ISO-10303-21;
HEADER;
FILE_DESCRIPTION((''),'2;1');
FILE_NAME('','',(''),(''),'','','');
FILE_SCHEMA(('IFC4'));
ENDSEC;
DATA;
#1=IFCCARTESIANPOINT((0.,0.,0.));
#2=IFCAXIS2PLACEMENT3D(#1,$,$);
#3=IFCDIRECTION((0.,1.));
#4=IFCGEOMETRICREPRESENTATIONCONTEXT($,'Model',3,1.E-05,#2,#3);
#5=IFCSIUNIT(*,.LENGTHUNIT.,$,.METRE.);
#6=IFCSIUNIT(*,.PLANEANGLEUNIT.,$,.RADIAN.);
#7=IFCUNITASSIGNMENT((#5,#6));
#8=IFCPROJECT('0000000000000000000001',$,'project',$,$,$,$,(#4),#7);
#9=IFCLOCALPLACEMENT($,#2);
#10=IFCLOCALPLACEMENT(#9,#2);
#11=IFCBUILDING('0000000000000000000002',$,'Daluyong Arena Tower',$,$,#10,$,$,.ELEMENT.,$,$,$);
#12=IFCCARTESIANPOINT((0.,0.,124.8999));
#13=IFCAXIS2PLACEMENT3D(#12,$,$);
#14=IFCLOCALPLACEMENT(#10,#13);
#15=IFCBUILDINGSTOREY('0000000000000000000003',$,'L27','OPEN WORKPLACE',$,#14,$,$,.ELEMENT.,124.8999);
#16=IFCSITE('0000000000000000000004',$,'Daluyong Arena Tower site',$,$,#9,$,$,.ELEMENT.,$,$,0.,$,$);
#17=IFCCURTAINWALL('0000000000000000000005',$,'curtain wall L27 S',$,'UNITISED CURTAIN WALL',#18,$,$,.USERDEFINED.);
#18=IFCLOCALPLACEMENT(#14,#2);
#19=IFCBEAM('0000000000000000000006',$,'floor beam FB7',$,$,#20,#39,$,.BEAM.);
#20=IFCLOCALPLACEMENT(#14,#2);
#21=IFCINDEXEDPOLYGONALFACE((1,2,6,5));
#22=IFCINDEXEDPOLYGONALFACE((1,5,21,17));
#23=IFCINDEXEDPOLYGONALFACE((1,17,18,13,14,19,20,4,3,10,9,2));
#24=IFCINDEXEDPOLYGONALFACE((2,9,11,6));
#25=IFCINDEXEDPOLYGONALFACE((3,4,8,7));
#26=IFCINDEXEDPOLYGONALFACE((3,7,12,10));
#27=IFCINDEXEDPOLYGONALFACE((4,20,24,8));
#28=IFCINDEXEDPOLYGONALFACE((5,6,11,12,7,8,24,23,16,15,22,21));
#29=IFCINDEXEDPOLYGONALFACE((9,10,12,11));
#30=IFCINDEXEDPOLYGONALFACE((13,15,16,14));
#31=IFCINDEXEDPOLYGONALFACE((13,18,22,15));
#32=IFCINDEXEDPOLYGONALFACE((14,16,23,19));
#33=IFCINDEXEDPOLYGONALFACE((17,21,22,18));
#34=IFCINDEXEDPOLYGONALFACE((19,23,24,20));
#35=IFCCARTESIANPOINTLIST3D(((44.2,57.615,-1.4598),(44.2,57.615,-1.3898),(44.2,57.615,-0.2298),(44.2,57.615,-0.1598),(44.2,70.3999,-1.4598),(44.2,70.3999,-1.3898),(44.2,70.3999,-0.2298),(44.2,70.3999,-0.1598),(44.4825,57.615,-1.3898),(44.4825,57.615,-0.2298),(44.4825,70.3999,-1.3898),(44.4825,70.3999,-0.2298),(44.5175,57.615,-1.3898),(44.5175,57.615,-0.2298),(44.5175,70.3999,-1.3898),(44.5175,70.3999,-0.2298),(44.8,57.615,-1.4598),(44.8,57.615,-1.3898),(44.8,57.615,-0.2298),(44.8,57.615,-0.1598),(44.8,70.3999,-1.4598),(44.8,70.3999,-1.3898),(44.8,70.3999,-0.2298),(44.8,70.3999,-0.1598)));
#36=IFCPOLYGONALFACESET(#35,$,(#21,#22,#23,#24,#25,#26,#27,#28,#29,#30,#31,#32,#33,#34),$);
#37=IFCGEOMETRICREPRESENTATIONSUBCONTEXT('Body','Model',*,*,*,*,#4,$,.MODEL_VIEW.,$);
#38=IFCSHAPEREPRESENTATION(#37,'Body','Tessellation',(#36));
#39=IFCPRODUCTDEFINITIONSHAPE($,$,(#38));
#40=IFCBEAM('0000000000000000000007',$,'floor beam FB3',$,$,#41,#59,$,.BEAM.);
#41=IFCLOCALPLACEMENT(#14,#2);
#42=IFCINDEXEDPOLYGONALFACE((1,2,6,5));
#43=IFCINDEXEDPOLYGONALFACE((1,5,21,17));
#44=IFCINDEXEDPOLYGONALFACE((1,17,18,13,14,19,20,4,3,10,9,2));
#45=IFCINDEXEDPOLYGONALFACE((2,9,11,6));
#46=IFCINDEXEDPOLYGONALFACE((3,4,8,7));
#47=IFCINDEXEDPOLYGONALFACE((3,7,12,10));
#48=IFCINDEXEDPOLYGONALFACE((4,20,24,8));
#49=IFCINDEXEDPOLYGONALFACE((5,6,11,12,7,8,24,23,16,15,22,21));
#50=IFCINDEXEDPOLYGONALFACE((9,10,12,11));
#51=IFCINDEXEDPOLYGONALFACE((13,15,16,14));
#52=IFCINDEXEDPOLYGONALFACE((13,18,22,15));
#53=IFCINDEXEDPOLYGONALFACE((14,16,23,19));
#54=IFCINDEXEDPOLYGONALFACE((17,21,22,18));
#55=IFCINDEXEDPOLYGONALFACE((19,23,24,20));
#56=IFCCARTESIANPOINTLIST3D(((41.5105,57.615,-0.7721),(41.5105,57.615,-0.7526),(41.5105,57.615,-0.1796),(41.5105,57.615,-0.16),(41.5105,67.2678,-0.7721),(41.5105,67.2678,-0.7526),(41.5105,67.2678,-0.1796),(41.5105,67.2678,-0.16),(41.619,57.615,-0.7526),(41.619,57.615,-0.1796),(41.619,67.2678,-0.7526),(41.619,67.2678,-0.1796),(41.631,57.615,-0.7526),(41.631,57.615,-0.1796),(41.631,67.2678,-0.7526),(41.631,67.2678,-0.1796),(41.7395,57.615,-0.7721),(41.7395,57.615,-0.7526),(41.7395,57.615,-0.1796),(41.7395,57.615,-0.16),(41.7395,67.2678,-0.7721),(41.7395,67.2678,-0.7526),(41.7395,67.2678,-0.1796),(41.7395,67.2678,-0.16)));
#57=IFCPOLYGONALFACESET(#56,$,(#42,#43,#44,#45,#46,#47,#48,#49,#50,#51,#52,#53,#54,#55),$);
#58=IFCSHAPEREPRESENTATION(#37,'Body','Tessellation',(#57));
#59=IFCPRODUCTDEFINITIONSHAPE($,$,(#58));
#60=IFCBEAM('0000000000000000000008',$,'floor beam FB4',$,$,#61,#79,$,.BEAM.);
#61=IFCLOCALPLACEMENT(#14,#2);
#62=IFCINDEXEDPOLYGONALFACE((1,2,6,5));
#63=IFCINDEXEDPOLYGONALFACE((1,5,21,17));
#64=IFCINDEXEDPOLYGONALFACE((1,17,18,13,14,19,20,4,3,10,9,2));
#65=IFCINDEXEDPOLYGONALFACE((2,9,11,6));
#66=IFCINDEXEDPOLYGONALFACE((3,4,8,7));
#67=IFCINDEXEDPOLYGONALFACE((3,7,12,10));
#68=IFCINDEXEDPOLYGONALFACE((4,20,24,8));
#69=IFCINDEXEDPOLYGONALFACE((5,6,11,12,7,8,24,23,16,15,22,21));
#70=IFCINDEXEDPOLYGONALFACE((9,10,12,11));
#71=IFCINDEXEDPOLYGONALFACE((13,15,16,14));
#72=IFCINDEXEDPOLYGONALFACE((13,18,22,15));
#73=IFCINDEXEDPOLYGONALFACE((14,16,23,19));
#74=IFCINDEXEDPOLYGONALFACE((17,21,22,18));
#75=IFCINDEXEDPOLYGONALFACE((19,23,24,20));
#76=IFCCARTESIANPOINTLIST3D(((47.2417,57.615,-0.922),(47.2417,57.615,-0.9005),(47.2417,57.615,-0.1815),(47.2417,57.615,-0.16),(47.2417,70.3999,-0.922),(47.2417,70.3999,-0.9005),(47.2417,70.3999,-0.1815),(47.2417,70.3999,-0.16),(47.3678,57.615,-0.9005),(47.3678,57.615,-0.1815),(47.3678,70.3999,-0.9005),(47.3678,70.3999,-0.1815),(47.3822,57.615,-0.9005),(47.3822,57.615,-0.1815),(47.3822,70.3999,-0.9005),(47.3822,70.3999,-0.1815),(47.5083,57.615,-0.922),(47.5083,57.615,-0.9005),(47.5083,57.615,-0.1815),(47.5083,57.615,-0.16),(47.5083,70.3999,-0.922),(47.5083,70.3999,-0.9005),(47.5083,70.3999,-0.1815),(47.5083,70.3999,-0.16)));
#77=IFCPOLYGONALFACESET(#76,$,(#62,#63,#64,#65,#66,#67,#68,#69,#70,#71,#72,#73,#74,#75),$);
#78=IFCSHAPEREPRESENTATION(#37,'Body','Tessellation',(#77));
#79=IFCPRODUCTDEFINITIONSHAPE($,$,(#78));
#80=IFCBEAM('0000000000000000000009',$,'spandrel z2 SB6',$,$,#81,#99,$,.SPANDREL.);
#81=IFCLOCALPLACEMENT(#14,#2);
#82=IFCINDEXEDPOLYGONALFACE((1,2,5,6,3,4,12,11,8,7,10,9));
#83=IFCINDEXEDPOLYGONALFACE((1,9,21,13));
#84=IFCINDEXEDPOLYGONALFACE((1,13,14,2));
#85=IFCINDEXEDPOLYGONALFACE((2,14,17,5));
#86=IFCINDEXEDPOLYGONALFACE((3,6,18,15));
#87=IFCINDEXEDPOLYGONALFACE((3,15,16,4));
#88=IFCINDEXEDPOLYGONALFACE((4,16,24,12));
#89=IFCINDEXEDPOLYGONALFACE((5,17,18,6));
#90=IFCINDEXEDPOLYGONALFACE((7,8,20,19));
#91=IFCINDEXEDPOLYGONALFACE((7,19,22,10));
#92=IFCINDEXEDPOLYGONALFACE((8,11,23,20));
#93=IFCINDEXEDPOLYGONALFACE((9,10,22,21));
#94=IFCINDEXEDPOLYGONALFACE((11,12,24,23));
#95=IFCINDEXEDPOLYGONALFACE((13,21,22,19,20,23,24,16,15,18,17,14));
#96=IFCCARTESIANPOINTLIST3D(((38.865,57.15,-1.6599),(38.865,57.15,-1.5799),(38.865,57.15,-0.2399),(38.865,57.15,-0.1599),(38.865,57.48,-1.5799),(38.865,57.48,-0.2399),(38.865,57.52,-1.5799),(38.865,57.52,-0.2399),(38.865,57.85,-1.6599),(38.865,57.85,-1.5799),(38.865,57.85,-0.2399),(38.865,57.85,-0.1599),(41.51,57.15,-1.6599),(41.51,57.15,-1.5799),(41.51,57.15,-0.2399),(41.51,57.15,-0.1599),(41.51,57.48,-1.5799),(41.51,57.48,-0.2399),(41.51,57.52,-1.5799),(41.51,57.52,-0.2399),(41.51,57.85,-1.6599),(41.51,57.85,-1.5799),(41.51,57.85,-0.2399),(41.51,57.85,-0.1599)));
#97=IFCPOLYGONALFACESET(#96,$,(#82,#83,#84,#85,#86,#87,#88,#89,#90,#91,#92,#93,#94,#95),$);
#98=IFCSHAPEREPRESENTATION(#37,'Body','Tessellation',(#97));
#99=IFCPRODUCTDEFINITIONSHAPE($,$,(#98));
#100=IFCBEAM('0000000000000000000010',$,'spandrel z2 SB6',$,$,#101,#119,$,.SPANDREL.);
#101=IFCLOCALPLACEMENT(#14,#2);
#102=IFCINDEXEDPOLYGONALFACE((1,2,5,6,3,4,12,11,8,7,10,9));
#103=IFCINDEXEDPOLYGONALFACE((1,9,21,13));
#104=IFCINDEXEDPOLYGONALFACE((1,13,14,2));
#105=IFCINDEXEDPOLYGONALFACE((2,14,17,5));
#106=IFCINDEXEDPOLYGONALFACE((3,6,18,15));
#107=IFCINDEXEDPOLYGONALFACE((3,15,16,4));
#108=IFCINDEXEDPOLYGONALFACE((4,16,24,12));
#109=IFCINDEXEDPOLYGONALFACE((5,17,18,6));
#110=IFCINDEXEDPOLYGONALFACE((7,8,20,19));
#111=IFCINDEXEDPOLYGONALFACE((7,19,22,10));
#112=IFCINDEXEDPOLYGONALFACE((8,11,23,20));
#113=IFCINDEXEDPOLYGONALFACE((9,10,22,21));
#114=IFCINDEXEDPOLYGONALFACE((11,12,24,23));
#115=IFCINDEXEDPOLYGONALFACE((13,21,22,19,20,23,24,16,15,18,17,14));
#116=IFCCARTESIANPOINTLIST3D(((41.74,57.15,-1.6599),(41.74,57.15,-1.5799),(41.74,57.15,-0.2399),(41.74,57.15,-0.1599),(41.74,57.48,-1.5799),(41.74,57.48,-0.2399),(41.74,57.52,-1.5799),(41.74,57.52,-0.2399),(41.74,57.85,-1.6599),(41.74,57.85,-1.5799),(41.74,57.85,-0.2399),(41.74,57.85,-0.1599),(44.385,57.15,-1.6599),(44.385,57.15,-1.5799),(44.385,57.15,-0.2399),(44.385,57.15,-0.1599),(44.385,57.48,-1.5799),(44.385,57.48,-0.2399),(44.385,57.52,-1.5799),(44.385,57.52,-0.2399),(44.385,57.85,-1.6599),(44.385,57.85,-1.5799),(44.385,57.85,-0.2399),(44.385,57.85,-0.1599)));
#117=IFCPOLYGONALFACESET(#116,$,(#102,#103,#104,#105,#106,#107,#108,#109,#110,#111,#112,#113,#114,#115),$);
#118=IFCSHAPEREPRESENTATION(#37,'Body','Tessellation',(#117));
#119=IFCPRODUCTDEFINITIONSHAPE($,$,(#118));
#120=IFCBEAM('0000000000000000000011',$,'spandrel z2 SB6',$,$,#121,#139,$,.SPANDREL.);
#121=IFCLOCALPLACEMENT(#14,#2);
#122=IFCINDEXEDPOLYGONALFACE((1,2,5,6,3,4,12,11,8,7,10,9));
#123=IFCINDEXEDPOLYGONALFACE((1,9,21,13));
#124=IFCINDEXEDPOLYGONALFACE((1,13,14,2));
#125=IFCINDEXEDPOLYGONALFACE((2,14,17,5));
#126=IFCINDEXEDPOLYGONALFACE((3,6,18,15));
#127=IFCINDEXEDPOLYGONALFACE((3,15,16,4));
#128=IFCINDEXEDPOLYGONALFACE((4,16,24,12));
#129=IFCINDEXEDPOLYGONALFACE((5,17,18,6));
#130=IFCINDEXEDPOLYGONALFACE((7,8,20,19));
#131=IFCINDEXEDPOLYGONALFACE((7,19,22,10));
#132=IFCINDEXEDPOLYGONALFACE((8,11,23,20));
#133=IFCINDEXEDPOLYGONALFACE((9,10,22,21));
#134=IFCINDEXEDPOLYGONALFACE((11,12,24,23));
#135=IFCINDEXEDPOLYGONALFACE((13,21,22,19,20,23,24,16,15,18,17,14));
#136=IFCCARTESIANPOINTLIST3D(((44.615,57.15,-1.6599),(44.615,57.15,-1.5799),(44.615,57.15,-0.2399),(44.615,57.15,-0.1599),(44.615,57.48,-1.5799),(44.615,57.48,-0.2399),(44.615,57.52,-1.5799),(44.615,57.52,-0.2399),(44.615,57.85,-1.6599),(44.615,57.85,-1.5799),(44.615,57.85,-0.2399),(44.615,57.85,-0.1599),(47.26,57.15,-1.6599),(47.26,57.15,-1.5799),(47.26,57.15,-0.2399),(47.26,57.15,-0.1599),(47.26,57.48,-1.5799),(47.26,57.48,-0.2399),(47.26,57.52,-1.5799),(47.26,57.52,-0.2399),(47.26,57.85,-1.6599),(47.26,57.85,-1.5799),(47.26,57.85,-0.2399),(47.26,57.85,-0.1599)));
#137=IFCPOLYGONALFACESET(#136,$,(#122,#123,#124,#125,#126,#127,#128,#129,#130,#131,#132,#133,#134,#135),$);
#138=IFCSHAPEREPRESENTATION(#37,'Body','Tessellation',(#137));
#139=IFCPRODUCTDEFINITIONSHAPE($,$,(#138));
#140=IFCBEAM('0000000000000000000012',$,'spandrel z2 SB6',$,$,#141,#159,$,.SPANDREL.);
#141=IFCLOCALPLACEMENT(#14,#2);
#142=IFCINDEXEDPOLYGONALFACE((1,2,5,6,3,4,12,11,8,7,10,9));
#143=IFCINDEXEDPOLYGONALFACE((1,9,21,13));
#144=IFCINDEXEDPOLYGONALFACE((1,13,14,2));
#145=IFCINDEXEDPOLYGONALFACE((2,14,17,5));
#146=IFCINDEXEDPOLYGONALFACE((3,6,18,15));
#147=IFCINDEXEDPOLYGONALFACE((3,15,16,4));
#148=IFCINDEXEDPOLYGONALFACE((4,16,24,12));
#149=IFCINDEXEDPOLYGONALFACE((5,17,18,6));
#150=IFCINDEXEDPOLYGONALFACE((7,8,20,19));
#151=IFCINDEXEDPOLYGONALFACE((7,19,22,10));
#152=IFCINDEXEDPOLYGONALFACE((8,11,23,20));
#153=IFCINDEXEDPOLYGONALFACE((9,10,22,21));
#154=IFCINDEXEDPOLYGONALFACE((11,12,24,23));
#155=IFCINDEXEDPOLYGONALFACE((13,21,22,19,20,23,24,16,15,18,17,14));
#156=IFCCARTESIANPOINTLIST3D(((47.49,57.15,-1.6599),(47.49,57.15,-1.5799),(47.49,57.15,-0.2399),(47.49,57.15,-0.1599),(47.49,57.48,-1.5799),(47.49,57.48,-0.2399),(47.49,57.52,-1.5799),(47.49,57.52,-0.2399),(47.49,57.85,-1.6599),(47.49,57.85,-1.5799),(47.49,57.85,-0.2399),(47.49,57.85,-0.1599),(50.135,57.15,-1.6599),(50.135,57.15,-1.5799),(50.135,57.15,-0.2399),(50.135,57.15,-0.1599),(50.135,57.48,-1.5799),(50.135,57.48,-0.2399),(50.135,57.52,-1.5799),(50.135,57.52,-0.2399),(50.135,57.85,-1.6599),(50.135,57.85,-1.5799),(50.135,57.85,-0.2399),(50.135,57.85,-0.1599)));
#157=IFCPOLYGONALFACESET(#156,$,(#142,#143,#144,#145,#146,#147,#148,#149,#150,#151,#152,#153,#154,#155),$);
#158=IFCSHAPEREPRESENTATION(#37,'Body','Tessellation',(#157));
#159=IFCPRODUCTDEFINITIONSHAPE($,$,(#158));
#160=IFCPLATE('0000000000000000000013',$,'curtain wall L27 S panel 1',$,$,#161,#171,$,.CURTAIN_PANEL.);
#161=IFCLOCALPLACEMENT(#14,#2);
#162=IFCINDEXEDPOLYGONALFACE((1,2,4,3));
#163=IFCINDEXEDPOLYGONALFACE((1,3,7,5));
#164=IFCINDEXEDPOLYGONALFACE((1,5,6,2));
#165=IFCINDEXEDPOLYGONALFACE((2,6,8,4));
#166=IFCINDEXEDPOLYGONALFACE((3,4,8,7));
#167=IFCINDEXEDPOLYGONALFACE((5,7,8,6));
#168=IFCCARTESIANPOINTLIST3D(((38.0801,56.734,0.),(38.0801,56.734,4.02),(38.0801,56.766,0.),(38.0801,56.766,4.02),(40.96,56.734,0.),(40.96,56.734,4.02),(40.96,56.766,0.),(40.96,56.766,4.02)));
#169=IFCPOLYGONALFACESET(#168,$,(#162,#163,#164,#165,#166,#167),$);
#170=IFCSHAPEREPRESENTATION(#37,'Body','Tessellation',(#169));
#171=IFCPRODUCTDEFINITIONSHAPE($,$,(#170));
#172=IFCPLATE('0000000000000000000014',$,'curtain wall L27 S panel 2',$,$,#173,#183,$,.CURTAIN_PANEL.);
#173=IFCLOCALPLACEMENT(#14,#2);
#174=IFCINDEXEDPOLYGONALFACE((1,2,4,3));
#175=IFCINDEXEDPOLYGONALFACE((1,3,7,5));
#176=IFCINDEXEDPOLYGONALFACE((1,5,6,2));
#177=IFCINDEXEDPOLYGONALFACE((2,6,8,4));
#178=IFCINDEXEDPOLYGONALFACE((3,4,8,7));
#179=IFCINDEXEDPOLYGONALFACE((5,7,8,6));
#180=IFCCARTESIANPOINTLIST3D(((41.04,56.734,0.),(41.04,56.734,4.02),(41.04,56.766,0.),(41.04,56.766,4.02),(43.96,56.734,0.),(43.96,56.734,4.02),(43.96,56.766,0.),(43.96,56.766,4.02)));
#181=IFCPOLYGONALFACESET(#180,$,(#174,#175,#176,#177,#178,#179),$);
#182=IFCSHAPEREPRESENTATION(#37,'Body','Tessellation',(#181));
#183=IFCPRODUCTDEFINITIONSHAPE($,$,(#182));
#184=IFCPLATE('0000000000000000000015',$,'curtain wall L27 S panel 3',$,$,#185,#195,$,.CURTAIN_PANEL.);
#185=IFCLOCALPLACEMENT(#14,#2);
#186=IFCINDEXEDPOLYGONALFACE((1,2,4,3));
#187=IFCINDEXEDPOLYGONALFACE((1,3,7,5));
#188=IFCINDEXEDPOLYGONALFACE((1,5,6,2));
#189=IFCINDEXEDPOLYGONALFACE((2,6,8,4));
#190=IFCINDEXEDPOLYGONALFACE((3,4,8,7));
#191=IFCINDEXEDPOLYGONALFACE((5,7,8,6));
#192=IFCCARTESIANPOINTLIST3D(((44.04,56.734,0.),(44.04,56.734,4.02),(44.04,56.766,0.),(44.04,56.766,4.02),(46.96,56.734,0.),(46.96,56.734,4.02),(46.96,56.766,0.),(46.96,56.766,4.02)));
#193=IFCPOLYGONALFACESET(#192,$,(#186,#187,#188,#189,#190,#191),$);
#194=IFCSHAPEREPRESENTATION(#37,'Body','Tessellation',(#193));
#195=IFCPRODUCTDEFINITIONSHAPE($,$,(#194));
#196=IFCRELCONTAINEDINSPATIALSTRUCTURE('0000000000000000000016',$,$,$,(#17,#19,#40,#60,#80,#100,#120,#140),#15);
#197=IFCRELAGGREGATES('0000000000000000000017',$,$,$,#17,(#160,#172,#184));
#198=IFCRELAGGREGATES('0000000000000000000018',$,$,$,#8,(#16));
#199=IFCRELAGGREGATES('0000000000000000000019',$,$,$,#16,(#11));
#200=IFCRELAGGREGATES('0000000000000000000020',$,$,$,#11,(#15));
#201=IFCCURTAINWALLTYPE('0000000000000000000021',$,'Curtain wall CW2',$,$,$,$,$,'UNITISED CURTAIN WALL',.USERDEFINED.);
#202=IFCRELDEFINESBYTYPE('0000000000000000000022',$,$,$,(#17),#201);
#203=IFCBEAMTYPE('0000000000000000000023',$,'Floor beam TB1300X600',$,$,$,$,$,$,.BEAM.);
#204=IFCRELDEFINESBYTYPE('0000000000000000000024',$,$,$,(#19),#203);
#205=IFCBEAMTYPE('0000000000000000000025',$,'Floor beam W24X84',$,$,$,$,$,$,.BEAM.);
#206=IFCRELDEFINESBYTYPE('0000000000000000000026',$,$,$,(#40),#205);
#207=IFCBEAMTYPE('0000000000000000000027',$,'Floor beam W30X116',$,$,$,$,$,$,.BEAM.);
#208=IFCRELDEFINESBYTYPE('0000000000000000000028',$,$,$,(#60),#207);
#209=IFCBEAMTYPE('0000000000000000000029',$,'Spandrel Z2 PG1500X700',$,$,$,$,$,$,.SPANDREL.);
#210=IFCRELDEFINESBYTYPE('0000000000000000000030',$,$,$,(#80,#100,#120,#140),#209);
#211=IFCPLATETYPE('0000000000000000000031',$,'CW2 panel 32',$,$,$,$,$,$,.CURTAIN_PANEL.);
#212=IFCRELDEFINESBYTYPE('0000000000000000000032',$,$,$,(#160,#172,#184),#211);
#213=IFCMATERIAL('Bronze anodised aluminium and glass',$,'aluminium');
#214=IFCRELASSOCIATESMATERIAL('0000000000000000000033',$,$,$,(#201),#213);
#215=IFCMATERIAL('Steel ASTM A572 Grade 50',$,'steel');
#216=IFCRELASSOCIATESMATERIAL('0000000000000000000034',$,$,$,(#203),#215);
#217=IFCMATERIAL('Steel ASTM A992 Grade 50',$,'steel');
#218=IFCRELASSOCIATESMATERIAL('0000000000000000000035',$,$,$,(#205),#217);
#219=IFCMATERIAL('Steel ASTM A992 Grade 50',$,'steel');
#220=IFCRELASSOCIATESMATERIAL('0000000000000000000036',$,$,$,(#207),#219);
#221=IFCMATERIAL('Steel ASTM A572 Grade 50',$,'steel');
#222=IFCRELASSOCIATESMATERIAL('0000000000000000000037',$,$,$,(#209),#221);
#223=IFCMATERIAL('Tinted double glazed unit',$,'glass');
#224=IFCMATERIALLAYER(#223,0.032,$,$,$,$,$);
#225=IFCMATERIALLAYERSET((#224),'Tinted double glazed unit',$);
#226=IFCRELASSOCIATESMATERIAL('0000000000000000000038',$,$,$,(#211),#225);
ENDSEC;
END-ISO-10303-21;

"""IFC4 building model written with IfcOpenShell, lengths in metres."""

from ifc_helpers import new_model, si_unit, direction, frame, origin, origin_2d, place, context, subcontext, project, spatial, rectangle, i_section, extrude, material, layer, layer_set, material_profile, profile_set, type_object, element, aggregate, save


model = new_model("IFC4")

# Units and contexts
model_context = context("Model", 3, precision=1e-05, world=origin(), true_north=direction((0.0, 1.0)))
body_context = subcontext(model_context, "Body", "Model", "MODEL_VIEW")
ifc_project = project(units=[si_unit("LENGTHUNIT", "METRE"), si_unit("PLANEANGLEUNIT", "RADIAN")], contexts=[model_context])

# Site, building, storey
site_placement = place(None, origin())
site = spatial("IfcSite", under=ifc_project, at=site_placement, Name="Daluyong Arena Tower site", CompositionType="ELEMENT", RefElevation=0.0)
building_placement = place(site_placement, origin())
building = spatial("IfcBuilding", under=site, at=building_placement, Name="Daluyong Arena Tower", CompositionType="ELEMENT")
storey_placement = place(building_placement, frame((0.0, 0.0, 124.8999)))
storey = spatial("IfcBuildingStorey", under=building, at=storey_placement, Name="L27", Description="OPEN WORKPLACE", CompositionType="ELEMENT", Elevation=124.8999)

# Curtain wall
ifc_material_1 = material(Name="Bronze anodised aluminium and glass", Category="aluminium")
curtain_wall_type_1 = type_object("IfcCurtainWallType", Name="Curtain wall CW2", ElementType="UNITISED CURTAIN WALL", PredefinedType="USERDEFINED", material=ifc_material_1)
curtain_wall_1_placement = place(storey_placement, origin())
curtain_wall_1 = element("IfcCurtainWall", 1, at=curtain_wall_1_placement, inside=storey, type_object=curtain_wall_type_1, Name="curtain wall L27 S", ObjectType="UNITISED CURTAIN WALL", PredefinedType="USERDEFINED")

# Beams
ifc_material_2 = material(Name="Steel ASTM A572 Grade 50", Category="steel")
ifc_material_profile_1 = material_profile(ifc_material_2, i_section(OverallWidth=0.6001, OverallDepth=1.3, WebThickness=0.035, FlangeThickness=0.07, at=origin_2d()))
ifc_profile_set_1 = profile_set([ifc_material_profile_1], Name="Steel ASTM A572 Grade 50")
beam_type_1 = type_object("IfcBeamType", Name="Floor beam TB1300X600", PredefinedType="BEAM", material=ifc_profile_set_1)
beam_1_placement = place(storey_placement, frame((44.5, 57.615, -0.8098), z_axis=(0.0, 1.0, 0.0), x_axis=(-1.0, 0.0, 0.0)))
element("IfcBeam", 2, at=beam_1_placement, inside=storey, type_object=beam_type_1, Name="floor beam FB7", PredefinedType="BEAM", context=body_context, shape_type="SweptSolid", body=[
    extrude(i_section(OverallWidth=0.6001, OverallDepth=1.3, WebThickness=0.035, FlangeThickness=0.07, at=origin_2d()), origin(), (0.0, 0.0, 1.0), 12.7849),
])
ifc_material_3 = material(Name="Steel ASTM A992 Grade 50", Category="steel")
ifc_material_profile_2 = material_profile(ifc_material_3, i_section(OverallWidth=0.229, OverallDepth=0.6121, WebThickness=0.012, FlangeThickness=0.0195, at=origin_2d()))
ifc_profile_set_2 = profile_set([ifc_material_profile_2], Name="Steel ASTM A992 Grade 50")
beam_type_2 = type_object("IfcBeamType", Name="Floor beam W24X84", PredefinedType="BEAM", material=ifc_profile_set_2)
beam_2_placement = place(storey_placement, frame((41.625, 57.615, -0.4661), z_axis=(0.0, 1.0, 0.0), x_axis=(-1.0, 0.0, 0.0)))
element("IfcBeam", 3, at=beam_2_placement, inside=storey, type_object=beam_type_2, Name="floor beam FB3", PredefinedType="BEAM", context=body_context, shape_type="SweptSolid", body=[
    extrude(i_section(OverallWidth=0.229, OverallDepth=0.6121, WebThickness=0.012, FlangeThickness=0.0195, at=origin_2d()), origin(), (0.0, 0.0, 1.0), 9.6528),
])
ifc_material_4 = material(Name="Steel ASTM A992 Grade 50", Category="steel")
ifc_material_profile_3 = material_profile(ifc_material_4, i_section(OverallWidth=0.2666, OverallDepth=0.762, WebThickness=0.0144, FlangeThickness=0.0215, at=origin_2d()))
ifc_profile_set_3 = profile_set([ifc_material_profile_3], Name="Steel ASTM A992 Grade 50")
beam_type_3 = type_object("IfcBeamType", Name="Floor beam W30X116", PredefinedType="BEAM", material=ifc_profile_set_3)
beam_3_placement = place(storey_placement, frame((47.375, 57.615, -0.541), z_axis=(0.0, 1.0, 0.0), x_axis=(-1.0, 0.0, 0.0)))
element("IfcBeam", 4, at=beam_3_placement, inside=storey, type_object=beam_type_3, Name="floor beam FB4", PredefinedType="BEAM", context=body_context, shape_type="SweptSolid", body=[
    extrude(i_section(OverallWidth=0.2666, OverallDepth=0.762, WebThickness=0.0144, FlangeThickness=0.0215, at=origin_2d()), origin(), (0.0, 0.0, 1.0), 12.7849),
])
ifc_material_5 = material(Name="Steel ASTM A572 Grade 50", Category="steel")
ifc_material_profile_4 = material_profile(ifc_material_5, i_section(OverallWidth=0.7, OverallDepth=1.5, WebThickness=0.04, FlangeThickness=0.08, at=origin_2d()))
ifc_profile_set_4 = profile_set([ifc_material_profile_4], Name="Steel ASTM A572 Grade 50")
beam_type_4 = type_object("IfcBeamType", Name="Spandrel Z2 PG1500X700", PredefinedType="SPANDREL", material=ifc_profile_set_4)
for number, where, z_axis, x_axis, name in (
    (5, (38.865, 57.5, -0.9099), (1.0, 0.0, 0.0), (0.0, 1.0, 0.0), "spandrel z2 SB6"),
    (6, (41.74, 57.5, -0.9099), (1.0, 0.0, 0.0), (0.0, 1.0, 0.0), "spandrel z2 SB6"),
    (7, (44.615, 57.5, -0.9099), (1.0, 0.0, 0.0), (0.0, 1.0, 0.0), "spandrel z2 SB6"),
    (8, (47.49, 57.5, -0.9099), (1.0, 0.0, 0.0), (0.0, 1.0, 0.0), "spandrel z2 SB6"),
):
    element("IfcBeam", number, at=place(storey_placement, frame(where, z_axis=z_axis, x_axis=x_axis)), inside=storey, type_object=beam_type_4, Name=name, PredefinedType="SPANDREL", context=body_context, shape_type="SweptSolid", body=[
        extrude(i_section(OverallWidth=0.7, OverallDepth=1.5, WebThickness=0.04, FlangeThickness=0.08, at=origin_2d()), origin(), (0.0, 0.0, 1.0), 2.645),
    ])

# Plates
ifc_material_6 = material(Name="Tinted double glazed unit", Category="glass")
ifc_layer_1 = layer(ifc_material_6, 0.032)
ifc_layer_set_1 = layer_set([ifc_layer_1], Name="Tinted double glazed unit")
plate_type_1 = type_object("IfcPlateType", Name="CW2 panel 32", PredefinedType="CURTAIN_PANEL", material=ifc_layer_set_1)
plate_1_placement = place(storey_placement, frame((39.52, 56.75, 0.0), z_axis=(0.0, 0.0, 1.0), x_axis=(1.0, 0.0, 0.0)))
plate_1 = element("IfcPlate", 9, at=plate_1_placement, type_object=plate_type_1, Name="curtain wall L27 S panel 1", PredefinedType="CURTAIN_PANEL", context=body_context, shape_type="SweptSolid", body=[
    extrude(rectangle(XDim=2.8799, YDim=0.032, at=origin_2d()), origin(), (0.0, 0.0, 1.0), 4.02),
])
plate_2_placement = place(storey_placement, frame((42.5, 56.75, 0.0), z_axis=(0.0, 0.0, 1.0), x_axis=(1.0, 0.0, 0.0)))
plate_2 = element("IfcPlate", 10, at=plate_2_placement, type_object=plate_type_1, Name="curtain wall L27 S panel 2", PredefinedType="CURTAIN_PANEL", context=body_context, shape_type="SweptSolid", body=[
    extrude(rectangle(XDim=2.9199, YDim=0.032, at=origin_2d()), origin(), (0.0, 0.0, 1.0), 4.02),
])
plate_3_placement = place(storey_placement, frame((45.5, 56.75, 0.0), z_axis=(0.0, 0.0, 1.0), x_axis=(1.0, 0.0, 0.0)))
plate_3 = element("IfcPlate", 11, at=plate_3_placement, type_object=plate_type_1, Name="curtain wall L27 S panel 3", PredefinedType="CURTAIN_PANEL", context=body_context, shape_type="SweptSolid", body=[
    extrude(rectangle(XDim=2.9199, YDim=0.032, at=origin_2d()), origin(), (0.0, 0.0, 1.0), 4.02),
])
aggregate(curtain_wall_1, [plate_1, plate_2, plate_3])

save(model, "model.ifc")
